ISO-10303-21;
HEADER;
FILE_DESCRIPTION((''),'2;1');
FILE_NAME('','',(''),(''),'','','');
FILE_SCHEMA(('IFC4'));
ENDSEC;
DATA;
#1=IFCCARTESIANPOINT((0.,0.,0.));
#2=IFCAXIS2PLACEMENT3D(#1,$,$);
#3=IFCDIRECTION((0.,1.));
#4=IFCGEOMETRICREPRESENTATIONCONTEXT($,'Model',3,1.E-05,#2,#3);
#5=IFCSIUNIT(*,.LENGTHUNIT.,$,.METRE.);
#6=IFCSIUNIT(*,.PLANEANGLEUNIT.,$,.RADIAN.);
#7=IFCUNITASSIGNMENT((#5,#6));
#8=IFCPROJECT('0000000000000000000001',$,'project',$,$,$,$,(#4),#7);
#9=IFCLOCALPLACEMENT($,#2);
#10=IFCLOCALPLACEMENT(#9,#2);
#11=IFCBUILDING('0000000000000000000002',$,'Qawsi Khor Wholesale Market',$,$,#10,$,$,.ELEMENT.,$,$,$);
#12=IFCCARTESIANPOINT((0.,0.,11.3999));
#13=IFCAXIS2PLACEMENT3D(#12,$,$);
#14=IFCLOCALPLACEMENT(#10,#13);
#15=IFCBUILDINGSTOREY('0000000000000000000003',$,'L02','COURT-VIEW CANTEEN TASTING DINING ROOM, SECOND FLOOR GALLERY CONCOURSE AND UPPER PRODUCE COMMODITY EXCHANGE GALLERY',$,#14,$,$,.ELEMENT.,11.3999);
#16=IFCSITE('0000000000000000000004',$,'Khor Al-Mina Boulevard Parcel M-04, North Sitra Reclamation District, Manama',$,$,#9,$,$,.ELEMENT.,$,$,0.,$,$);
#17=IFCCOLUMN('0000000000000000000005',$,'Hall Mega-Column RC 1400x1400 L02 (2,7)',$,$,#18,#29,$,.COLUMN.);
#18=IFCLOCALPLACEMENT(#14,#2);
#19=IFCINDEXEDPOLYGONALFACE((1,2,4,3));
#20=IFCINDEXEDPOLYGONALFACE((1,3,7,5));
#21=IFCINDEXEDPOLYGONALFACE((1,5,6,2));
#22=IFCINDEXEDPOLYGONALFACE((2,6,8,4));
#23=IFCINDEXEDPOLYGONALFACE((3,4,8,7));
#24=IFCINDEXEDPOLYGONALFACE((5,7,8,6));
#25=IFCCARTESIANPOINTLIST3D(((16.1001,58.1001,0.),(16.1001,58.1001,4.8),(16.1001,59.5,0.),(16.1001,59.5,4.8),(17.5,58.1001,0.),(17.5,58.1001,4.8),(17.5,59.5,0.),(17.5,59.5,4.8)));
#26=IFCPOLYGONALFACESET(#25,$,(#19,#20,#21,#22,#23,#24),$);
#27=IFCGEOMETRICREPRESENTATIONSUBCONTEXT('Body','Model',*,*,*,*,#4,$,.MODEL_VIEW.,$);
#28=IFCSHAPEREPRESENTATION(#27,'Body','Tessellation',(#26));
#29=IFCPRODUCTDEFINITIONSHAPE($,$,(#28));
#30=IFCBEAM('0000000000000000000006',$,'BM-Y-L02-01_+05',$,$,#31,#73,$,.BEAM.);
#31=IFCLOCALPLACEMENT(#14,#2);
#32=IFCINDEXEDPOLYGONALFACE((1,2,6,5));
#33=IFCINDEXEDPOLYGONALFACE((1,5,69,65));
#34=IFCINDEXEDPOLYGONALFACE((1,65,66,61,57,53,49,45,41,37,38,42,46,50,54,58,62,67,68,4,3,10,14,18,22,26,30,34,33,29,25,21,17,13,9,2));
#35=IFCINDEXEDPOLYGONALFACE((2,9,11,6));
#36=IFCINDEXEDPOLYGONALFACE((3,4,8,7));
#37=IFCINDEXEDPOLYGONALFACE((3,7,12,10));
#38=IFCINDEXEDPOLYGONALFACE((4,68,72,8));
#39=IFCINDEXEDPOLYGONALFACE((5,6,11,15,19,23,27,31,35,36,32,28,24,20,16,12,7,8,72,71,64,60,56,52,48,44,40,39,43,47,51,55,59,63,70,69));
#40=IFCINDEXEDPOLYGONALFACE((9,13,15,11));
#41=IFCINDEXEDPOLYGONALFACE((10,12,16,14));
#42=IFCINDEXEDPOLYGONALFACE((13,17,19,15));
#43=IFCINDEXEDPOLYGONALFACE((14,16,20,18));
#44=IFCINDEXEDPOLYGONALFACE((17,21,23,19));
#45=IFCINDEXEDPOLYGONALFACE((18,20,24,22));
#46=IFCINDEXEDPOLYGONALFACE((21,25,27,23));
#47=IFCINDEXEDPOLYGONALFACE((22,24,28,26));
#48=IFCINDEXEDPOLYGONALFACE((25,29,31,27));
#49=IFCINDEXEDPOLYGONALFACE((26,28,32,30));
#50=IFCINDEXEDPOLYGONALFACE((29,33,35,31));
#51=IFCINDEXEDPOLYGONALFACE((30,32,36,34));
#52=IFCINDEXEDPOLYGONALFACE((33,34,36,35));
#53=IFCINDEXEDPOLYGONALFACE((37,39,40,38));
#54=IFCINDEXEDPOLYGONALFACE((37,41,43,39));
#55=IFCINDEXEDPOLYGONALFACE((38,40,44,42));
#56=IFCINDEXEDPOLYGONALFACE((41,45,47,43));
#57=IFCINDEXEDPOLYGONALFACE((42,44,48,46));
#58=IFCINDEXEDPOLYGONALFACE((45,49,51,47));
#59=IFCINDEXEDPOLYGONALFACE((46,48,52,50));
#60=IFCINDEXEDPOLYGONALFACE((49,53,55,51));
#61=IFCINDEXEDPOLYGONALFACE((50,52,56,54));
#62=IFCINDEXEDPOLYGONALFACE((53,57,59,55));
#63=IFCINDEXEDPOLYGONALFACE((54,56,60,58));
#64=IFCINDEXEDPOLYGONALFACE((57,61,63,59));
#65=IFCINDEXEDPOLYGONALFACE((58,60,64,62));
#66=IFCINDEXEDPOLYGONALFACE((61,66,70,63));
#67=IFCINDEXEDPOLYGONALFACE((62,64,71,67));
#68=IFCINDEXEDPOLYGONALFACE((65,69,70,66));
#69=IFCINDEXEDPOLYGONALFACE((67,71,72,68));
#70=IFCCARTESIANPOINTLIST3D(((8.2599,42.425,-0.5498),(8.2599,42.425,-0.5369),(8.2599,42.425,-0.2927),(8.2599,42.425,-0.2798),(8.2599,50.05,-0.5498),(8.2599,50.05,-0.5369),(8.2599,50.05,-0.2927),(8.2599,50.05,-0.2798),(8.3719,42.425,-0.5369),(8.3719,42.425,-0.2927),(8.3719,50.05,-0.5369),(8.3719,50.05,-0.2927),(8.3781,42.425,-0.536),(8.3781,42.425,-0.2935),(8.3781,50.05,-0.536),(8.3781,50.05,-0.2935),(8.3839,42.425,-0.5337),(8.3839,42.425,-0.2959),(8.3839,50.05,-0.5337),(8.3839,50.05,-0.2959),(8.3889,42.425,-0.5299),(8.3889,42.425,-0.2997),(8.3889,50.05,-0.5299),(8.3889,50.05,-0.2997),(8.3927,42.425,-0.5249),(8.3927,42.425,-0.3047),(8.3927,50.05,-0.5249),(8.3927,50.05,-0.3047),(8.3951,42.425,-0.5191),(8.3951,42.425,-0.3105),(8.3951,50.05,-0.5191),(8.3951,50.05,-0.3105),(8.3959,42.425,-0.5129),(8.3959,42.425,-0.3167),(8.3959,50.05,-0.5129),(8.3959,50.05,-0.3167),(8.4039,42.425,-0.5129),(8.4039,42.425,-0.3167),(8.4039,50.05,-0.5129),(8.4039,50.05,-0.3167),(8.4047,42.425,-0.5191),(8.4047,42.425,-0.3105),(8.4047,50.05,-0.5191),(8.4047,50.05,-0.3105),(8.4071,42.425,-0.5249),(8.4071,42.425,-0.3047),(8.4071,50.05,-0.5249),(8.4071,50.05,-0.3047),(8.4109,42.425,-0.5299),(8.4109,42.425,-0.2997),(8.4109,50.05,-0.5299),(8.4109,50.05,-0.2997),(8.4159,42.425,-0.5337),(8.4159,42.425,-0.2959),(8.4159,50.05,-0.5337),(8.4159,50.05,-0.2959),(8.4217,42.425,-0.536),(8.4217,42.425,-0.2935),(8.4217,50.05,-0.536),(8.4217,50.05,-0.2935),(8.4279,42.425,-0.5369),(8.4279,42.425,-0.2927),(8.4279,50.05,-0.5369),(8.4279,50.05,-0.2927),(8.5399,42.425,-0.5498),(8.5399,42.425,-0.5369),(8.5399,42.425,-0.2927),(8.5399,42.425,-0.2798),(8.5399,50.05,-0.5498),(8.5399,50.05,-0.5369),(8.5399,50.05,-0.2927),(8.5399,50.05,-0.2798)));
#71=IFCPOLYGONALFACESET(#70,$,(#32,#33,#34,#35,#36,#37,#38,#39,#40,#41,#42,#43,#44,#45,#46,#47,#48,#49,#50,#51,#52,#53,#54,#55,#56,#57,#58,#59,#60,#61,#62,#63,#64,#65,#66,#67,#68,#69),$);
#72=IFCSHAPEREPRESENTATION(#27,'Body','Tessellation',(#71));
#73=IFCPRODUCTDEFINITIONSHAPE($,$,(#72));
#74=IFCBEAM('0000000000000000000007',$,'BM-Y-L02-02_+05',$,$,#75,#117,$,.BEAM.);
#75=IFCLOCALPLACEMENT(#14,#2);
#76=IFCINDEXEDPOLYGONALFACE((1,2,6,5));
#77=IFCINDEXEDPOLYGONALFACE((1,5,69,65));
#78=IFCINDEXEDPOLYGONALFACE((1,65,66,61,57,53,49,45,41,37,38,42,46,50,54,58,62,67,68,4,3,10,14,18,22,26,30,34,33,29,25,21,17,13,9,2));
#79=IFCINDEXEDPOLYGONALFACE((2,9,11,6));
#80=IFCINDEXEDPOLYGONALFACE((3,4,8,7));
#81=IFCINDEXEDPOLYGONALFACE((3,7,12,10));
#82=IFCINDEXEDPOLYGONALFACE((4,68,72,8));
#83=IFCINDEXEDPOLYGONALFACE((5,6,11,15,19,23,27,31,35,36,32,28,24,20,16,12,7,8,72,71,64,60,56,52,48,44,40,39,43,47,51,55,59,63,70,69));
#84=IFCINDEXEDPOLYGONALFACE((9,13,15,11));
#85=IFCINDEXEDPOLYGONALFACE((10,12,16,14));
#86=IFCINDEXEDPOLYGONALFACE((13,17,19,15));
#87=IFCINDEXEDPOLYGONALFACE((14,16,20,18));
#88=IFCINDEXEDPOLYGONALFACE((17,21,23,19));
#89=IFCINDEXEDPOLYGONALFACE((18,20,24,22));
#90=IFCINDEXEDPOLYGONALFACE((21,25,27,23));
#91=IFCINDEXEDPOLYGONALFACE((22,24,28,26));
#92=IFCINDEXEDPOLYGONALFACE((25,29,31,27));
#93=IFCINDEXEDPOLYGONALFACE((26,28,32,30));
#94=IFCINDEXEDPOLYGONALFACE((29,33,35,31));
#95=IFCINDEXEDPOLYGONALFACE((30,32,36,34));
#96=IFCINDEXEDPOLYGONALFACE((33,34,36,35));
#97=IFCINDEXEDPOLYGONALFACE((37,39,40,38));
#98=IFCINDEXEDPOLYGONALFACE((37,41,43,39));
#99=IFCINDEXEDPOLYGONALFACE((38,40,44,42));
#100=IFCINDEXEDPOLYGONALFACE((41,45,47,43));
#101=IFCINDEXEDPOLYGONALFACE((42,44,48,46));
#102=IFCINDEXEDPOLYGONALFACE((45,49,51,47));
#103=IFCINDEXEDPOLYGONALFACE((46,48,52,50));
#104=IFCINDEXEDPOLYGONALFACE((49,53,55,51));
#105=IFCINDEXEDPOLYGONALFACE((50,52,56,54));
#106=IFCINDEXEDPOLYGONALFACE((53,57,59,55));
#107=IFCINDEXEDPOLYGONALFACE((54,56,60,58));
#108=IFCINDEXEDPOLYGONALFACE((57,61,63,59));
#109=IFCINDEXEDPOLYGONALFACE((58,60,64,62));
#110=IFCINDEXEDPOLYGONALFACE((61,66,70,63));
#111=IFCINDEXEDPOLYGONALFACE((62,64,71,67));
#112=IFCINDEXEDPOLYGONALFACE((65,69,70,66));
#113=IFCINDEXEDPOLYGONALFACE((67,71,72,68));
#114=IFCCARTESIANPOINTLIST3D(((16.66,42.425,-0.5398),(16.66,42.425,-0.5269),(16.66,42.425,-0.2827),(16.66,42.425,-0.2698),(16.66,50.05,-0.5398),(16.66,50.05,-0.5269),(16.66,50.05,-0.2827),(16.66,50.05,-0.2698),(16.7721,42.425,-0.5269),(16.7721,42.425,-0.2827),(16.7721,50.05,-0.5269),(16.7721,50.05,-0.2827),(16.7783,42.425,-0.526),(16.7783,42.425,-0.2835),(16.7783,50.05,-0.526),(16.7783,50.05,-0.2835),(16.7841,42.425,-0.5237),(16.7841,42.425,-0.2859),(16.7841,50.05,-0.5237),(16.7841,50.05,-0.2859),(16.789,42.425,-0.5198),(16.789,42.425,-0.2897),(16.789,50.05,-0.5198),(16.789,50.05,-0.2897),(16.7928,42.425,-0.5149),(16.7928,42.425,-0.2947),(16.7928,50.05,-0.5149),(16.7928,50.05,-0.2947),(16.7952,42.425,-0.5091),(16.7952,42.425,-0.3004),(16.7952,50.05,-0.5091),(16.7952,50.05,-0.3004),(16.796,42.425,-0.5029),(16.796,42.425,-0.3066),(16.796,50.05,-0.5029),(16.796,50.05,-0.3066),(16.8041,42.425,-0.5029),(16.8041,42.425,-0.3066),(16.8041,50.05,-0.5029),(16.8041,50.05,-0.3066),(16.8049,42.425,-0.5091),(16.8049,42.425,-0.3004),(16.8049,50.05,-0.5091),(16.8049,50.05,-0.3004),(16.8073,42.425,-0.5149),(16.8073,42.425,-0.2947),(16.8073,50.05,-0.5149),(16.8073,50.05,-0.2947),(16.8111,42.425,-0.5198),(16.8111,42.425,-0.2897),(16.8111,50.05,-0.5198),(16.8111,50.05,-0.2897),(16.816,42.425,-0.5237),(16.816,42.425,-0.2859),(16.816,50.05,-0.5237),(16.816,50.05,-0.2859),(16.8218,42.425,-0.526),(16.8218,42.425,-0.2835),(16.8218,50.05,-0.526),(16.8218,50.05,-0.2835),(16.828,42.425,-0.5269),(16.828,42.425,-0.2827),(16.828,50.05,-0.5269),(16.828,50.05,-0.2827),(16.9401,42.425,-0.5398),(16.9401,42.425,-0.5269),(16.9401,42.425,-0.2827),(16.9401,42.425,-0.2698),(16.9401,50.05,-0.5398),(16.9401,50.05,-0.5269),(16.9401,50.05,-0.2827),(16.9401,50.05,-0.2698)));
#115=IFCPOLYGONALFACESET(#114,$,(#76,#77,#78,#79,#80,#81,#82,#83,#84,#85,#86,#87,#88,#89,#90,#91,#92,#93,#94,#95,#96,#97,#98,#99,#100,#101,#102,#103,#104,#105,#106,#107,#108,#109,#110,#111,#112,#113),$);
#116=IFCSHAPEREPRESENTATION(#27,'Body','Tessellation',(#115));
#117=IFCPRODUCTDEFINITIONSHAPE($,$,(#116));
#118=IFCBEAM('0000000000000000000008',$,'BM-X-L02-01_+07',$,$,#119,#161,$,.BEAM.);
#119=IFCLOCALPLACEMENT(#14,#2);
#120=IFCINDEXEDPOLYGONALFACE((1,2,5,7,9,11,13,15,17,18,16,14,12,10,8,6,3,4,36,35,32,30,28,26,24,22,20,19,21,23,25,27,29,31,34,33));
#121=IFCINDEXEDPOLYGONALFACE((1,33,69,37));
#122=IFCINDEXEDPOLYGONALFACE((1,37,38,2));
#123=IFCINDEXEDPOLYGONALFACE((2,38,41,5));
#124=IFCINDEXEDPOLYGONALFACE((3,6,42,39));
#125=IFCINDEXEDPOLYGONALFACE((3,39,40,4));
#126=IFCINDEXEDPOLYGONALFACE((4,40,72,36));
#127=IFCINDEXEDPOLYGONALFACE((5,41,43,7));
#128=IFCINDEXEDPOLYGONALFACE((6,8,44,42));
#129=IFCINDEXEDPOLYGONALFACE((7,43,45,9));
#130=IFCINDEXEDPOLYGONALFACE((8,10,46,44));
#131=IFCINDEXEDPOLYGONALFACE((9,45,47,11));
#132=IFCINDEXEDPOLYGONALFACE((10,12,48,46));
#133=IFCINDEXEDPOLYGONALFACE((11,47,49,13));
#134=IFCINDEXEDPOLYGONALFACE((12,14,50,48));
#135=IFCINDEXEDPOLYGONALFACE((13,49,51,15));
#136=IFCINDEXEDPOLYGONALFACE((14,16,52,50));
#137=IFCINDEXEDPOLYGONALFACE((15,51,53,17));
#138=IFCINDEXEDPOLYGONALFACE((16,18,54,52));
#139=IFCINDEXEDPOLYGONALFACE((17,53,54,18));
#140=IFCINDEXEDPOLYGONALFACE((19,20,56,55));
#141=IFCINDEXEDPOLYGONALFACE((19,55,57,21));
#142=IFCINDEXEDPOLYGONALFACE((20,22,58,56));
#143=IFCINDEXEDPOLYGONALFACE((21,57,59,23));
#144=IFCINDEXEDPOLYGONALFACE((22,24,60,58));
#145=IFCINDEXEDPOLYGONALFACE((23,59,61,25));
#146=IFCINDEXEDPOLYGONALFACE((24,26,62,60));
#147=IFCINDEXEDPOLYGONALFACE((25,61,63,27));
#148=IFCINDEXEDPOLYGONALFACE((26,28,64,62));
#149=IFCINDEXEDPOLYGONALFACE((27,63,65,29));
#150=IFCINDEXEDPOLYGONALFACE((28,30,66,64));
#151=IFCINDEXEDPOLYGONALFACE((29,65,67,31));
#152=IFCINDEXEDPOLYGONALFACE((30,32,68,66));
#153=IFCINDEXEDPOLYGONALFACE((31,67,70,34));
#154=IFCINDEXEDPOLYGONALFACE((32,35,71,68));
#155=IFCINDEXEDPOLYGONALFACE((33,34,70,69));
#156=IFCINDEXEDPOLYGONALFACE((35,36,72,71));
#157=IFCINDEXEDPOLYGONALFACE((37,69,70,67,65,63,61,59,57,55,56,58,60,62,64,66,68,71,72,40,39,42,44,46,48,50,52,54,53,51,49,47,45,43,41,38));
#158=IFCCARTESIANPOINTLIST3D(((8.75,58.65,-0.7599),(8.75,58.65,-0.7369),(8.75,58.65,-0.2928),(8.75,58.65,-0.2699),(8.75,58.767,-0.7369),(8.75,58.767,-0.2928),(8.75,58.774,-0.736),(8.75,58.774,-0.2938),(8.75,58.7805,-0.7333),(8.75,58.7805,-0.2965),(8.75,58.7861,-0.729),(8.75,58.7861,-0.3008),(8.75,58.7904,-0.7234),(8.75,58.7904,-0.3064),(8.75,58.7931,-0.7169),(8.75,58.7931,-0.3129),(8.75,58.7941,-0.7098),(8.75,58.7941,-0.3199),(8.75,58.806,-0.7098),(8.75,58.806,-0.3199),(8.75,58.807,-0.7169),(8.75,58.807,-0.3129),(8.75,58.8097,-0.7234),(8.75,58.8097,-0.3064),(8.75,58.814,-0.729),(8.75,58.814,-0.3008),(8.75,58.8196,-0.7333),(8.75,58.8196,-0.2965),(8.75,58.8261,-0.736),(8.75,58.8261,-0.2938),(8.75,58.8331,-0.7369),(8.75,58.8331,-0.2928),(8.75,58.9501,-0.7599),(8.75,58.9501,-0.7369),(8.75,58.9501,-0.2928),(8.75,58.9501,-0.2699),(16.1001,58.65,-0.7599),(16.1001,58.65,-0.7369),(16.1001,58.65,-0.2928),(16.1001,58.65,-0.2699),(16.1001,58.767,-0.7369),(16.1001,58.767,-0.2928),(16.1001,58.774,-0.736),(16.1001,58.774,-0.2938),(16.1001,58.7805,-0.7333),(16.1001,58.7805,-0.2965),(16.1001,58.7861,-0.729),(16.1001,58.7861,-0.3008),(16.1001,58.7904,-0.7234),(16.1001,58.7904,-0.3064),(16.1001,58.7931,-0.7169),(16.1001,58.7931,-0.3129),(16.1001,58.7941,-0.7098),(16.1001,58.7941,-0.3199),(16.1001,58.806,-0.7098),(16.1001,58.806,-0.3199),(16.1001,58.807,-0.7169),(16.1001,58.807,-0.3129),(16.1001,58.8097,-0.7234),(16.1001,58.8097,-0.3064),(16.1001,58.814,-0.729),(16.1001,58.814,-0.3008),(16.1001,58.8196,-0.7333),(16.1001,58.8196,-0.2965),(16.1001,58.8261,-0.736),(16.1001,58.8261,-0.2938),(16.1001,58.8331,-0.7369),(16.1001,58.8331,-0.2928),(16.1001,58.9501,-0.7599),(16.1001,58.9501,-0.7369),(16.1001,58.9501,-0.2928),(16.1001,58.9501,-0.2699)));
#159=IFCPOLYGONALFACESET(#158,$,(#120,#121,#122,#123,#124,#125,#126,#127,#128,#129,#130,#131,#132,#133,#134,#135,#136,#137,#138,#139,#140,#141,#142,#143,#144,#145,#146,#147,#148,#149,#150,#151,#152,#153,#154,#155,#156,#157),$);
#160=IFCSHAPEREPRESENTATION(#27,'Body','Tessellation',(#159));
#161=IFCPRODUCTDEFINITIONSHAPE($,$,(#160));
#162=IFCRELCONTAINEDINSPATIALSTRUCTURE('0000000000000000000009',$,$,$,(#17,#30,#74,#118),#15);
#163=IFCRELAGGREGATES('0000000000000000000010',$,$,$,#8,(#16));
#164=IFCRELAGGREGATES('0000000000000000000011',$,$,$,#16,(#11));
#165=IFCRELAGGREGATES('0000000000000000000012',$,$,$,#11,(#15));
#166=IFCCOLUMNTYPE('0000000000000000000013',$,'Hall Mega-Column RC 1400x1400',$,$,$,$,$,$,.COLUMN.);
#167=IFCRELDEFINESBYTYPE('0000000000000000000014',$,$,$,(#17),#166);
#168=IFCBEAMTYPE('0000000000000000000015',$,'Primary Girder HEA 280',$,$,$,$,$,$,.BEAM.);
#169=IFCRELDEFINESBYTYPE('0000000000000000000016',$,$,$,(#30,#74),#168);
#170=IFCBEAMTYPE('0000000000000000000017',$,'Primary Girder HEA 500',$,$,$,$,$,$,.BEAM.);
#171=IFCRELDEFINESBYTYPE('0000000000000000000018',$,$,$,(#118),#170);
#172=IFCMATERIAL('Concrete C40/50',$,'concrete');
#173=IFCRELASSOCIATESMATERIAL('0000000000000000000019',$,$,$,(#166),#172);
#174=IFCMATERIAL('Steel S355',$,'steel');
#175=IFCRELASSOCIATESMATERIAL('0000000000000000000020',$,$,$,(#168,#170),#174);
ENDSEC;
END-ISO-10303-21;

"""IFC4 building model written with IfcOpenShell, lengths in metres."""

from ifc_helpers import new_model, si_unit, direction, frame, origin, origin_2d, place, context, subcontext, project, spatial, rectangle, i_section, extrude, material, material_profile, profile_set, type_object, element, save


model = new_model("IFC4")

# Units and contexts
model_context = context("Model", 3, precision=1e-05, world=origin(), true_north=direction((0.0, 1.0)))
body_context = subcontext(model_context, "Body", "Model", "MODEL_VIEW")
ifc_project = project(units=[si_unit("LENGTHUNIT", "METRE"), si_unit("PLANEANGLEUNIT", "RADIAN")], contexts=[model_context])

# Site, building, storey
site_placement = place(None, origin())
site = spatial("IfcSite", under=ifc_project, at=site_placement, Name="Khor Al-Mina Boulevard Parcel M-04, North Sitra Reclamation District, Manama", CompositionType="ELEMENT", RefElevation=0.0)
building_placement = place(site_placement, origin())
building = spatial("IfcBuilding", under=site, at=building_placement, Name="Qawsi Khor Wholesale Market", CompositionType="ELEMENT")
storey_placement = place(building_placement, frame((0.0, 0.0, 11.3999)))
storey = spatial("IfcBuildingStorey", under=building, at=storey_placement, Name="L02", Description="COURT-VIEW CANTEEN TASTING DINING ROOM, SECOND FLOOR GALLERY CONCOURSE AND UPPER PRODUCE COMMODITY EXCHANGE GALLERY", CompositionType="ELEMENT", Elevation=11.3999)

# Column
ifc_material_1 = material(Name="Concrete C40/50", Category="concrete")
ifc_material_profile_1 = material_profile(ifc_material_1, rectangle(XDim=1.3999, YDim=1.3999, at=origin_2d()), Name="RC 1400x1400")
ifc_profile_set_1 = profile_set([ifc_material_profile_1], Name="Concrete C40/50")
column_type = type_object("IfcColumnType", Name="Hall Mega-Column RC 1400x1400", PredefinedType="COLUMN", material=ifc_profile_set_1)
column_placement = place(storey_placement, frame((16.8, 58.8, 0.0), z_axis=(0.0, 0.0, 1.0), x_axis=(1.0, 0.0, 0.0)))
element("IfcColumn", 1, at=column_placement, inside=storey, type_object=column_type, Name="Hall Mega-Column RC 1400x1400 L02 (2,7)", PredefinedType="COLUMN", context=body_context, shape_type="SweptSolid", body=[
    extrude(rectangle(XDim=1.3999, YDim=1.3999, at=origin_2d()), origin(), (0.0, 0.0, 1.0), 4.8),
])

# Beams
ifc_material_2 = material(Name="Steel S355", Category="steel")
ifc_material_profile_2 = material_profile(ifc_material_2, i_section(OverallWidth=0.28, OverallDepth=0.27, WebThickness=0.0081, FlangeThickness=0.0129, FilletRadius=0.0239, at=origin_2d()), Name="HEA 280")
ifc_profile_set_2 = profile_set([ifc_material_profile_2], Name="Steel S355")
beam_type_1 = type_object("IfcBeamType", Name="Primary Girder HEA 280", PredefinedType="BEAM", material=ifc_profile_set_2)
for number, where, z_axis, x_axis, name in (
    (2, (8.3999, 42.425, -0.4148), (0.0, 1.0, 0.0), (-1.0, 0.0, 0.0), "BM-Y-L02-01_+05"),
    (3, (16.8, 42.425, -0.4048), (0.0, 1.0, 0.0), (-1.0, 0.0, 0.0), "BM-Y-L02-02_+05"),
):
    element("IfcBeam", number, at=place(storey_placement, frame(where, z_axis=z_axis, x_axis=x_axis)), inside=storey, type_object=beam_type_1, Name=name, PredefinedType="BEAM", context=body_context, shape_type="SweptSolid", body=[
        extrude(i_section(OverallWidth=0.28, OverallDepth=0.27, WebThickness=0.0081, FlangeThickness=0.0129, FilletRadius=0.0239, at=origin_2d()), origin(), (0.0, 0.0, 1.0), 7.625),
    ])
ifc_material_profile_3 = material_profile(ifc_material_2, i_section(OverallWidth=0.3, OverallDepth=0.49, WebThickness=0.012, FlangeThickness=0.0229, FilletRadius=0.0271, at=origin_2d()), Name="HEA 500")
ifc_profile_set_3 = profile_set([ifc_material_profile_3], Name="Steel S355")
beam_type_2 = type_object("IfcBeamType", Name="Primary Girder HEA 500", PredefinedType="BEAM", material=ifc_profile_set_3)
beam_1_placement = place(storey_placement, frame((8.75, 58.8, -0.5149), z_axis=(1.0, 0.0, 0.0), x_axis=(0.0, 1.0, 0.0)))
element("IfcBeam", 4, at=beam_1_placement, inside=storey, type_object=beam_type_2, Name="BM-X-L02-01_+07", PredefinedType="BEAM", context=body_context, shape_type="SweptSolid", body=[
    extrude(i_section(OverallWidth=0.3, OverallDepth=0.49, WebThickness=0.012, FlangeThickness=0.0229, FilletRadius=0.0271, at=origin_2d()), origin(), (0.0, 0.0, 1.0), 7.3501),
])

save(model, "model.ifc")
